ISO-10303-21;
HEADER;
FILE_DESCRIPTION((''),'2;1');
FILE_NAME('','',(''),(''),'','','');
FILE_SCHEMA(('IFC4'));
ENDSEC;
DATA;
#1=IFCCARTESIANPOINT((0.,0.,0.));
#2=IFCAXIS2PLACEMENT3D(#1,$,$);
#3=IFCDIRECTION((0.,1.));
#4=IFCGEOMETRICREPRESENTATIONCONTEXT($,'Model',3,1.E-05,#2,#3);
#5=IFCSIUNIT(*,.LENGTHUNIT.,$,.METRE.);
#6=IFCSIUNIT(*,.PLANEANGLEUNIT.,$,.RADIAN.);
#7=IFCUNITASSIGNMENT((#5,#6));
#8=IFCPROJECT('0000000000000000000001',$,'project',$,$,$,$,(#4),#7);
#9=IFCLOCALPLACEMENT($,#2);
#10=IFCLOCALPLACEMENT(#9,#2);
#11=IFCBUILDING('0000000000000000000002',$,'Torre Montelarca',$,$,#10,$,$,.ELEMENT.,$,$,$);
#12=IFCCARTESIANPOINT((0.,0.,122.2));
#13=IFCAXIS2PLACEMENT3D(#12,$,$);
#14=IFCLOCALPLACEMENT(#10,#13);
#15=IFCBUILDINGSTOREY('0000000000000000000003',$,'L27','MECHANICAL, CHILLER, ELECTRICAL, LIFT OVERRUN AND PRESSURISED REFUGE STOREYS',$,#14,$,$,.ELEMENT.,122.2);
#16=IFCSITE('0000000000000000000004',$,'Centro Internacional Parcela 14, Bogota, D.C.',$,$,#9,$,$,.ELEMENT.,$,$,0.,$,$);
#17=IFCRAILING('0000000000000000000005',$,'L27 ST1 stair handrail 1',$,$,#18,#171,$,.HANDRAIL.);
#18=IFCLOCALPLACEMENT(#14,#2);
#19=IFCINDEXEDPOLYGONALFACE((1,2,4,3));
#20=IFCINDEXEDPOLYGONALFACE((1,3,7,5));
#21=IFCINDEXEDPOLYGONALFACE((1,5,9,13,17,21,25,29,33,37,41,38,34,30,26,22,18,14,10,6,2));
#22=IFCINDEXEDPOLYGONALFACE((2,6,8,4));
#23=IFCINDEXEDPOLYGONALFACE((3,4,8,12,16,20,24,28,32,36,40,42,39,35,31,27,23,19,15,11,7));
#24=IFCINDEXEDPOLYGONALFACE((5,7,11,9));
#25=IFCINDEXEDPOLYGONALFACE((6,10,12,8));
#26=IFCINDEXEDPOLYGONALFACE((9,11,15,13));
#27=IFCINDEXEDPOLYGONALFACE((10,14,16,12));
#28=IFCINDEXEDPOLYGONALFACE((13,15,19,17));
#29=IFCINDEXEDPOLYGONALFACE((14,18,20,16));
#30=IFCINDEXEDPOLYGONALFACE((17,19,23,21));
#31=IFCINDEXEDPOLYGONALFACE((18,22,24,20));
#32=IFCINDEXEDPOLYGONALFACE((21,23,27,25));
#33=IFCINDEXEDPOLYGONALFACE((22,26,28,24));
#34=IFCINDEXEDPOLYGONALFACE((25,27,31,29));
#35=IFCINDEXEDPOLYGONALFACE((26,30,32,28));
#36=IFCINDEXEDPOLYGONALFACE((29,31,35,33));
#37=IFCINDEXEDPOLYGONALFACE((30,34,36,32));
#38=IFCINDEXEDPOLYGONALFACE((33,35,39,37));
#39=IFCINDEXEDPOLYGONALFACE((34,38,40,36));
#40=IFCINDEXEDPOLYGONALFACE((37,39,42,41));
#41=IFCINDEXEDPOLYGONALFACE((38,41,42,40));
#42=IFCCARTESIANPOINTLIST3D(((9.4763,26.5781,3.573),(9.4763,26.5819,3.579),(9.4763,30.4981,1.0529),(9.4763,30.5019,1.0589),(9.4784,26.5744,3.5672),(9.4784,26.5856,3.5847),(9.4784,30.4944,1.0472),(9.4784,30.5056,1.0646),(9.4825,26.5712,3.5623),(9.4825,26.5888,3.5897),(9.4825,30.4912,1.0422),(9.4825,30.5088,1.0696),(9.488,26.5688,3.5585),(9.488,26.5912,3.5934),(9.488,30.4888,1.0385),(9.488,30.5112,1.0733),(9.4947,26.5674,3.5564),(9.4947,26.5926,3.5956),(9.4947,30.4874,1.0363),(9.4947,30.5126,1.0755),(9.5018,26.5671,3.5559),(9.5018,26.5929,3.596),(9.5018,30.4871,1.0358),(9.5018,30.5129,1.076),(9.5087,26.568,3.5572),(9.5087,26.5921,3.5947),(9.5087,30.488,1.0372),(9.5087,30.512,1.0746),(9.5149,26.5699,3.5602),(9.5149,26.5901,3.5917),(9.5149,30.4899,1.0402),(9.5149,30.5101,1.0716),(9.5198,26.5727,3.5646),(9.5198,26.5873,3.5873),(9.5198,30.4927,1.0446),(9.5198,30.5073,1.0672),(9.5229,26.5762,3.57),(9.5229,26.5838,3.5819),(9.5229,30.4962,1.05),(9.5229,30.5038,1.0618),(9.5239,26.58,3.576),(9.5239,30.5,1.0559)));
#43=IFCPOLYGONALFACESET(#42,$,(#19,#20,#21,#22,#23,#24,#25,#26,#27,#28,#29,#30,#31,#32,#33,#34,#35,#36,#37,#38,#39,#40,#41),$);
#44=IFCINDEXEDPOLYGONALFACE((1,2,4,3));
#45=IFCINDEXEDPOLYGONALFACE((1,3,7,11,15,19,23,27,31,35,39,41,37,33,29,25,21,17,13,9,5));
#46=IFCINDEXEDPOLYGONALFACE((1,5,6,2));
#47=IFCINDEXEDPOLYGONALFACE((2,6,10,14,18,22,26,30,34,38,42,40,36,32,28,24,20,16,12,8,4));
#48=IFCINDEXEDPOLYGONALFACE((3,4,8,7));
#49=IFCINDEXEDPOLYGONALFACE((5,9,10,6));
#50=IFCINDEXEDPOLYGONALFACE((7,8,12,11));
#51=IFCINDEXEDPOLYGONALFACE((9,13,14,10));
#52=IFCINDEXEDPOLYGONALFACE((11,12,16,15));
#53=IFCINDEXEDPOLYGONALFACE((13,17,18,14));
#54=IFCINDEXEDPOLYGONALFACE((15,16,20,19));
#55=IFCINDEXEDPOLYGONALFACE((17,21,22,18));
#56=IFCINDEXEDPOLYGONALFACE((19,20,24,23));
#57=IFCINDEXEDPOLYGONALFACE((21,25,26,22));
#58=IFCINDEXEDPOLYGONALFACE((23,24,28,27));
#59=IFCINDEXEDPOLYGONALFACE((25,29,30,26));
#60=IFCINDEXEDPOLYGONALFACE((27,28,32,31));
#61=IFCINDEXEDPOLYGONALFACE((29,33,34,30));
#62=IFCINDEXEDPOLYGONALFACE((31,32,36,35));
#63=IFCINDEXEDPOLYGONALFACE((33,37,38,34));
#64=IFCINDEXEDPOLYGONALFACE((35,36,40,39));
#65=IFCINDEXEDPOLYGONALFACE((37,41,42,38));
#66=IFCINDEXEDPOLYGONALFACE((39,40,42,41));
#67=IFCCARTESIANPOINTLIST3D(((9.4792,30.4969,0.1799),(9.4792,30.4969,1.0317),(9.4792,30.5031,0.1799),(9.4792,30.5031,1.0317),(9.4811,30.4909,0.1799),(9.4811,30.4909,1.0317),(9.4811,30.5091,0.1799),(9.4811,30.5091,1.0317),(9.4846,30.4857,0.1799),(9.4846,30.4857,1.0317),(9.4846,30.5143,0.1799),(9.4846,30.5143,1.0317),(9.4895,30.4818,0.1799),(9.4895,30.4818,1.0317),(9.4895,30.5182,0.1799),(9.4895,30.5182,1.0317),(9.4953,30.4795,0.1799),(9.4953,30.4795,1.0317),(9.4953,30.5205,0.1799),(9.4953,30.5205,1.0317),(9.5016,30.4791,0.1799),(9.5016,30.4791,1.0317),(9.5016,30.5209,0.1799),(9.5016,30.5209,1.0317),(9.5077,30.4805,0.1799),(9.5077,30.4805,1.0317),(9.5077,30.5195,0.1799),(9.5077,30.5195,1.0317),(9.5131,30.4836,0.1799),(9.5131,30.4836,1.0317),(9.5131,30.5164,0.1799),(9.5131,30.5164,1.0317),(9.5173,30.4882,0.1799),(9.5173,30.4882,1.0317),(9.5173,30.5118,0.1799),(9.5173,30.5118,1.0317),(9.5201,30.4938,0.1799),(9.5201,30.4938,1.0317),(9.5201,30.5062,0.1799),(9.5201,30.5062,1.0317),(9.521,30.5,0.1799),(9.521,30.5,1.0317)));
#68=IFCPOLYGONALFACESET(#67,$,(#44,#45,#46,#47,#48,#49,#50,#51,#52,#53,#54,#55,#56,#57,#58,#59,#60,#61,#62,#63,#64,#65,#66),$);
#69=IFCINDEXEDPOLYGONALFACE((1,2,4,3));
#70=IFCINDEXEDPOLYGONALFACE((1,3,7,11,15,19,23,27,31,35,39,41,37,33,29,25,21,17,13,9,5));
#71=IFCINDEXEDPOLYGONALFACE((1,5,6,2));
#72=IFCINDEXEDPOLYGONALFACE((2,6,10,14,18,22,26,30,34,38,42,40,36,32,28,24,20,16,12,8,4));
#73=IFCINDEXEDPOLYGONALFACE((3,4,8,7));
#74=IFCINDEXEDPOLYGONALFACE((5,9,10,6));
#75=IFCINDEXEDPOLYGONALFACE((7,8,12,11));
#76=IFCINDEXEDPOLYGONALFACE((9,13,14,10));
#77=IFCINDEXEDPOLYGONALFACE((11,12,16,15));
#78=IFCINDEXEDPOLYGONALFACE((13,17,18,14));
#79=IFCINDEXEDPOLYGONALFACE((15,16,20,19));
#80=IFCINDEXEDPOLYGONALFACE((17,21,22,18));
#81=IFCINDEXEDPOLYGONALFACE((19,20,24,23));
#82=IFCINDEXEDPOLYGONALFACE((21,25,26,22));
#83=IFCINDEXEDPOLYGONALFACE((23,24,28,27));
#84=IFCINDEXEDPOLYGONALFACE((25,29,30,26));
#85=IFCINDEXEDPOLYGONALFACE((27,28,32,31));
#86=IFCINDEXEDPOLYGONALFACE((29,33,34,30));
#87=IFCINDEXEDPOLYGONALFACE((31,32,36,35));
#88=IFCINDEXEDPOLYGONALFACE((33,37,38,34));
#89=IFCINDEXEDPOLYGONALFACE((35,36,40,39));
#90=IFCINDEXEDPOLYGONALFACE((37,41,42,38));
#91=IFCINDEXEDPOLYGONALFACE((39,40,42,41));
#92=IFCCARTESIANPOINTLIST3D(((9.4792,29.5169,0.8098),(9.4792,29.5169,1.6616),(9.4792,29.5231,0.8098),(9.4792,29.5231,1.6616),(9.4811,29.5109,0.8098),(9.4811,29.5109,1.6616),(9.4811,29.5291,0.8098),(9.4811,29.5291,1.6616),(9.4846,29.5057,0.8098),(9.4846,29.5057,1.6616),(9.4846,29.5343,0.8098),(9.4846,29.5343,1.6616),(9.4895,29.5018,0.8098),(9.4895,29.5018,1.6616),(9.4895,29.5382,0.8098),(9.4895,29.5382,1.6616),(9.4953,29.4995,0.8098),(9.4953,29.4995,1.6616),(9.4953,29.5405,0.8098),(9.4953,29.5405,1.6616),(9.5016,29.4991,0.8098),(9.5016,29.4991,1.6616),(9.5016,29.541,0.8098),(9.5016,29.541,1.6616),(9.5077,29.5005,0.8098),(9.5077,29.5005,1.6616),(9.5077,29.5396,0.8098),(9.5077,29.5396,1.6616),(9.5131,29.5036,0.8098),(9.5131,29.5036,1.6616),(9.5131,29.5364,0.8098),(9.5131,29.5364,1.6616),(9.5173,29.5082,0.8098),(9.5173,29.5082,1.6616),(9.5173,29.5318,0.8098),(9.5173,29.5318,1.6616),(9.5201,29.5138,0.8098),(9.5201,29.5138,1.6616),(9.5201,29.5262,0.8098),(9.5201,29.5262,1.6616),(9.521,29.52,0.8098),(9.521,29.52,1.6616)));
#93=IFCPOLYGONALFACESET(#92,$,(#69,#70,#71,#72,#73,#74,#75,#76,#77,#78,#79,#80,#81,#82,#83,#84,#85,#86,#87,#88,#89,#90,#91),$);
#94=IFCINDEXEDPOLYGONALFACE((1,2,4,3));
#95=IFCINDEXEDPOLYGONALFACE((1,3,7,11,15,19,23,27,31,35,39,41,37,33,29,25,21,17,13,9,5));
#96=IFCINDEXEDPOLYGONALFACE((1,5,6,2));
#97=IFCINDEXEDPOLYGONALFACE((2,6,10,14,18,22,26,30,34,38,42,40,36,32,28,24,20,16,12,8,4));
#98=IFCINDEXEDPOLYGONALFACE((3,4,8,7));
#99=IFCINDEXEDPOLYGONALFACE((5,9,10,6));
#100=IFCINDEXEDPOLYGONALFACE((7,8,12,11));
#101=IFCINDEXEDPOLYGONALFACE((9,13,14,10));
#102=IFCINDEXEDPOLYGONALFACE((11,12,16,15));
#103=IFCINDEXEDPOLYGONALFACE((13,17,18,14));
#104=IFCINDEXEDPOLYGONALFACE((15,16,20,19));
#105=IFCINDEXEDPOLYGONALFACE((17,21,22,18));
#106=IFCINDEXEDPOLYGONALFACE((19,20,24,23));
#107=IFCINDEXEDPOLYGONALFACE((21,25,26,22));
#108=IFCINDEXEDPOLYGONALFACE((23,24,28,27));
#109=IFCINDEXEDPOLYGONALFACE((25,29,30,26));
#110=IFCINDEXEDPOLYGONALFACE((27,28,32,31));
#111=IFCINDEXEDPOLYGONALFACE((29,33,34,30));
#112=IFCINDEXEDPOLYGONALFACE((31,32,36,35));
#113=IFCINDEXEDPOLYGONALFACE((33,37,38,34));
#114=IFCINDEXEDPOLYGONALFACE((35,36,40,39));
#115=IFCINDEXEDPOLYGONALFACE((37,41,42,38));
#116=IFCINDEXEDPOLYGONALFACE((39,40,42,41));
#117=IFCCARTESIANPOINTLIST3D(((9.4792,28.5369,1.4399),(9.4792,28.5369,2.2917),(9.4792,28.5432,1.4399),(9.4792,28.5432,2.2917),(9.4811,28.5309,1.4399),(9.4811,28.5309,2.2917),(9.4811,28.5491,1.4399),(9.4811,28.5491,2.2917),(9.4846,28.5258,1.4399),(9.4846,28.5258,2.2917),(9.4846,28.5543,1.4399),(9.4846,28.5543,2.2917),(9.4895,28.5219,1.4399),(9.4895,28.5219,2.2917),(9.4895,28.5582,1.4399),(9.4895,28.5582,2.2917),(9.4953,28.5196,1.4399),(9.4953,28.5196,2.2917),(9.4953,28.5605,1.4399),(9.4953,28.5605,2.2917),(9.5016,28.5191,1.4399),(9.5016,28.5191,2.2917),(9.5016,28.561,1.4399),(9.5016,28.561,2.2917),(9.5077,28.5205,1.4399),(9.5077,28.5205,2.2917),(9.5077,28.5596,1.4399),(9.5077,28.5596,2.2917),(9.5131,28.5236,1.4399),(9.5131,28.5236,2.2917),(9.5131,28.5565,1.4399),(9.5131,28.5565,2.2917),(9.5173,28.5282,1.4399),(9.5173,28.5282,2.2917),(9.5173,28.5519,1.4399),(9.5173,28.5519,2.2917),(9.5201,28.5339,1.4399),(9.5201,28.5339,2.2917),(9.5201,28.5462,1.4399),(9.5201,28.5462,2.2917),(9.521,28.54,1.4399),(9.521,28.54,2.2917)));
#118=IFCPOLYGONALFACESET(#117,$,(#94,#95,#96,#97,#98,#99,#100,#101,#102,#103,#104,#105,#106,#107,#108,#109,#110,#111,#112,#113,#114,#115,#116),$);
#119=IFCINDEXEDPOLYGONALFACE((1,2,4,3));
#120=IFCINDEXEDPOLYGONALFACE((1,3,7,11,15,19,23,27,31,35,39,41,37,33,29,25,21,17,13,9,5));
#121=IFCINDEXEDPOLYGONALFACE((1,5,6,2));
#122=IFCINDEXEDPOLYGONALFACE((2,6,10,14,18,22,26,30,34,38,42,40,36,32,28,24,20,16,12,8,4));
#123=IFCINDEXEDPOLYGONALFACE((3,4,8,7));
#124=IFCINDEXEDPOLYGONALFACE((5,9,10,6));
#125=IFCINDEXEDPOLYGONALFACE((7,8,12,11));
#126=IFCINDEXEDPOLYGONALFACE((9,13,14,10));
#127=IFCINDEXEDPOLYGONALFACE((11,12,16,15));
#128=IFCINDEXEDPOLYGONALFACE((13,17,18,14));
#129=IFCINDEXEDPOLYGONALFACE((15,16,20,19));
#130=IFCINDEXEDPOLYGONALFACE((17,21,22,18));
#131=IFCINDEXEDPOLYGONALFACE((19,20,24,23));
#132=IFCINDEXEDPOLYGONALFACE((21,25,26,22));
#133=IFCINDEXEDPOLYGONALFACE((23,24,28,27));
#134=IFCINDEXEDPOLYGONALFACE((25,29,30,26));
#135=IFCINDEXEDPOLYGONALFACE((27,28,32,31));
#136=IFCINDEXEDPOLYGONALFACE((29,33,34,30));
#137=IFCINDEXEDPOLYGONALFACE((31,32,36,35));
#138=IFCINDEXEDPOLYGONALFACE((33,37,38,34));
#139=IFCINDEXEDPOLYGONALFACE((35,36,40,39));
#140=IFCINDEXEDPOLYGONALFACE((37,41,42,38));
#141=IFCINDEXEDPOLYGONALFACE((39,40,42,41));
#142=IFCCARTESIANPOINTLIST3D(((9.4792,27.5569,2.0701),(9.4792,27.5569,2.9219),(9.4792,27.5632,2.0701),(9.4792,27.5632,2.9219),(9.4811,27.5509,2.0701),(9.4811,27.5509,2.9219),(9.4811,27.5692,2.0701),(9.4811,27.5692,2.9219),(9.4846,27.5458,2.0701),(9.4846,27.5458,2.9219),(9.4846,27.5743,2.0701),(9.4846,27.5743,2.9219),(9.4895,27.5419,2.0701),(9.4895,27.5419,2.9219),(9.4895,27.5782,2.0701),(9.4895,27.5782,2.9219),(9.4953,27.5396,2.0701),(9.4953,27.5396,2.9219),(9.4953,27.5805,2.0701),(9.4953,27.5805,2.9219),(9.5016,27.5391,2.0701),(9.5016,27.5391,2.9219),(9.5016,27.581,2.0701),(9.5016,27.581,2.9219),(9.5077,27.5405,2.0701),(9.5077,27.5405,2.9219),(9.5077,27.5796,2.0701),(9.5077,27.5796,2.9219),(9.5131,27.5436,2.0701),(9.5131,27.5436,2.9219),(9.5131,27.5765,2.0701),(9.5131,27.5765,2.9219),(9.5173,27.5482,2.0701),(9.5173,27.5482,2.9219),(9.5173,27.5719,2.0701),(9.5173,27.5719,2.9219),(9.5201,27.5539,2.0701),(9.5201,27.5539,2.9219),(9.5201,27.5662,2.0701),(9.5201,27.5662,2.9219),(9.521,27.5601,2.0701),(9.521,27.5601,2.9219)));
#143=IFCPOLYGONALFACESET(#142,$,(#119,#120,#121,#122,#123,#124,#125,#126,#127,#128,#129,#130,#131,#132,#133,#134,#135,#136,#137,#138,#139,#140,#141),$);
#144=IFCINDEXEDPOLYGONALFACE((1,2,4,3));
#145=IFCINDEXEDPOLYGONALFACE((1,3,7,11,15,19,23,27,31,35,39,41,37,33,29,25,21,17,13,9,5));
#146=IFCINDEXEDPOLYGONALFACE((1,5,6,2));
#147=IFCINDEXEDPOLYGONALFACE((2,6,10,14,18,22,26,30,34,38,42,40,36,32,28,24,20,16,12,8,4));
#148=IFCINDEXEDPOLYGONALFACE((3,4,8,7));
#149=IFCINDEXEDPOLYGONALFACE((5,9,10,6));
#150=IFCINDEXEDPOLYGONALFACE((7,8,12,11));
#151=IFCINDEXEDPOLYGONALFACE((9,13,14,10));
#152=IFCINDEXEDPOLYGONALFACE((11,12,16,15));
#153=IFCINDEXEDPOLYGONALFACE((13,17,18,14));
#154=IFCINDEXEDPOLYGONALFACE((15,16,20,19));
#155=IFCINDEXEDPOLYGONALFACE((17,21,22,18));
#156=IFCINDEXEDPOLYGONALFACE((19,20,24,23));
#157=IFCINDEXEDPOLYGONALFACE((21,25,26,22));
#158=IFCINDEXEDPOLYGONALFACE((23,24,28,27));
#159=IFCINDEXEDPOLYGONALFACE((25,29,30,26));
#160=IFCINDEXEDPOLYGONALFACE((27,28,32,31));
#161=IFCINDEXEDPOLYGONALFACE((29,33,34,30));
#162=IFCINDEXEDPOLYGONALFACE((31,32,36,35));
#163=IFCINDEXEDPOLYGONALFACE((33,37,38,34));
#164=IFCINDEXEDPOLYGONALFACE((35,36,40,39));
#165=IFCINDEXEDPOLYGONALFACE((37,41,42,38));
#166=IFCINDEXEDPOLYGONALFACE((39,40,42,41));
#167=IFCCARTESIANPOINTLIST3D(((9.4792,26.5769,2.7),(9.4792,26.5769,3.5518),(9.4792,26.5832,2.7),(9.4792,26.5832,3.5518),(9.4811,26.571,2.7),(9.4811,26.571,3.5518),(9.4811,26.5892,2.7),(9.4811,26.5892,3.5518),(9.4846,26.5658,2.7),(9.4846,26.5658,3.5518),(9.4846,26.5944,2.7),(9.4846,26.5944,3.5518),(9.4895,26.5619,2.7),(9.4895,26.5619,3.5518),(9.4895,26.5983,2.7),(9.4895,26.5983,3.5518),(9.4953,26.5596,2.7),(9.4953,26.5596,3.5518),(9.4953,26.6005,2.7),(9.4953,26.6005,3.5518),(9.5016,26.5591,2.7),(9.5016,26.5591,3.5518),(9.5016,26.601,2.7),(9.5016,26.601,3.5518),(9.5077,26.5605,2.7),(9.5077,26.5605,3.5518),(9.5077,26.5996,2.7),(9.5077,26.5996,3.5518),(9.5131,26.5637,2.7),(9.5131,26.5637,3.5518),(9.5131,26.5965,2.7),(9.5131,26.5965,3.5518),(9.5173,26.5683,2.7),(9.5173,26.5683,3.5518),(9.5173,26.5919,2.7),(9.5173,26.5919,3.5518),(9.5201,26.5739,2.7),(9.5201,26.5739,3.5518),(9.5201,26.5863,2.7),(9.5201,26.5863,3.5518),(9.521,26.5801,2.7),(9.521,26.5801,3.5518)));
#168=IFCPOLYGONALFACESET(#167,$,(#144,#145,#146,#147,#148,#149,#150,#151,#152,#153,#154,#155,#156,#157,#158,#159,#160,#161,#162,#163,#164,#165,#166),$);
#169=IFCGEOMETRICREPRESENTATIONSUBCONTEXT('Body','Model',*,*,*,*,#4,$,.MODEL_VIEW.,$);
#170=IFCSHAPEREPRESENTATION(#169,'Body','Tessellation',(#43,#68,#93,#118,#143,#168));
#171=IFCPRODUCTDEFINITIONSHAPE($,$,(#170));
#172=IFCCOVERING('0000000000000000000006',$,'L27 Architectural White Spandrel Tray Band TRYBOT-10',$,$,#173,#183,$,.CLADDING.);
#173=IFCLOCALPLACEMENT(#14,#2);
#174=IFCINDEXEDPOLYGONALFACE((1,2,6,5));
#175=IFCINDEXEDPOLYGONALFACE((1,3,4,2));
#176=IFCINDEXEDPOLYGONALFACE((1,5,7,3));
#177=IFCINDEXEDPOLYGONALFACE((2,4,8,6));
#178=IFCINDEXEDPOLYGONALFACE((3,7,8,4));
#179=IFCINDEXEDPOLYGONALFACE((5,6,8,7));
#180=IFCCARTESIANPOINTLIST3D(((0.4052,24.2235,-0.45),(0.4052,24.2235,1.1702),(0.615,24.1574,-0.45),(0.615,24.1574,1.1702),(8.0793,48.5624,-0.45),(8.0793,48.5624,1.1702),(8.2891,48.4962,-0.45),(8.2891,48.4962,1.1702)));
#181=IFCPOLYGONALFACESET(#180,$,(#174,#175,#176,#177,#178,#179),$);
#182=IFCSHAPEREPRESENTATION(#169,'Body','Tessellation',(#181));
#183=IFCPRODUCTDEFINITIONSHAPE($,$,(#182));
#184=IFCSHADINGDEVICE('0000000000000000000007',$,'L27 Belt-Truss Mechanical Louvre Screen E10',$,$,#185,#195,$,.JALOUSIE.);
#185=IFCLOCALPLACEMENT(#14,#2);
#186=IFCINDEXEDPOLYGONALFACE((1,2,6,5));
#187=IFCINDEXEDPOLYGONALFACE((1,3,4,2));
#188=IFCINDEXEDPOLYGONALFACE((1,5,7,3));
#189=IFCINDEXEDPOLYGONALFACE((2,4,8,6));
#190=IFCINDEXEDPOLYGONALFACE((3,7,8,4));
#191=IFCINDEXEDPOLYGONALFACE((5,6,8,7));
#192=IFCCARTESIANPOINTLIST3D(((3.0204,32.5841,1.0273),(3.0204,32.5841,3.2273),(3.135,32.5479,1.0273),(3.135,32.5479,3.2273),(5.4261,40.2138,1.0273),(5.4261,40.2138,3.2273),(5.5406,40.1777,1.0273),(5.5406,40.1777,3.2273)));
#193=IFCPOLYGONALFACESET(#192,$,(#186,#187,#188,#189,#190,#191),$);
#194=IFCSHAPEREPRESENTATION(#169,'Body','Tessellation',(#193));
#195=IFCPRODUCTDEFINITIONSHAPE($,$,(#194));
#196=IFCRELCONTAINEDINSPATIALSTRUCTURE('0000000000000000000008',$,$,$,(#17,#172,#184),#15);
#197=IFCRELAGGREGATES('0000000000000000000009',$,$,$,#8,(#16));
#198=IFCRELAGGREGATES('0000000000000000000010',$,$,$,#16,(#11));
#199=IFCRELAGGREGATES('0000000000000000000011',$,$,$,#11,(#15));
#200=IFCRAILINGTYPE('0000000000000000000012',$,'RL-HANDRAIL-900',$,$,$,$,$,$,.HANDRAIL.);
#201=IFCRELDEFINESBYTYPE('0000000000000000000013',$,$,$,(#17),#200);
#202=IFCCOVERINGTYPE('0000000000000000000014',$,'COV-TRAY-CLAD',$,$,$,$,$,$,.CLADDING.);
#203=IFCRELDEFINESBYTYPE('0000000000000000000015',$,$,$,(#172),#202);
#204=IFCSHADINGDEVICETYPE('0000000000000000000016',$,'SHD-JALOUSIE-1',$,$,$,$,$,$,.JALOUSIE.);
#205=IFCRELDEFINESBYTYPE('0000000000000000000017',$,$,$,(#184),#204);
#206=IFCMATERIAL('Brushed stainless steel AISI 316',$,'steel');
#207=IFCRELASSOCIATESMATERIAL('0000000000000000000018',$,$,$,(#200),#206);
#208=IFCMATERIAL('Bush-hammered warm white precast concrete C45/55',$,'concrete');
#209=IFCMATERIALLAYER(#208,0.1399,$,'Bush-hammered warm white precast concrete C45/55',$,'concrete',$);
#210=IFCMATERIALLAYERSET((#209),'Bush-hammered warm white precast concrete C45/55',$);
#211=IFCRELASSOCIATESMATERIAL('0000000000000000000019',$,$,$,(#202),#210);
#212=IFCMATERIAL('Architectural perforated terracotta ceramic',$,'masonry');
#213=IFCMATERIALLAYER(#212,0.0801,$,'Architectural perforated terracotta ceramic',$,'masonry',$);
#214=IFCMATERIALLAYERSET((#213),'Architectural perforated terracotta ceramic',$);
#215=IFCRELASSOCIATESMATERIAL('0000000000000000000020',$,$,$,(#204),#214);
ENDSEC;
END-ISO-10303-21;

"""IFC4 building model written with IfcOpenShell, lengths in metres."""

from ifc_helpers import new_model, si_unit, direction, frame, origin, origin_2d, place, context, subcontext, project, spatial, rectangle, circle, extrude, source, transform, mapped, material, layer, layer_set, type_object, element, save


model = new_model("IFC4")

# Units and contexts
model_context = context("Model", 3, precision=1e-05, world=origin(), true_north=direction((0.0, 1.0)))
body_context = subcontext(model_context, "Body", "Model", "MODEL_VIEW")
ifc_project = project(units=[si_unit("LENGTHUNIT", "METRE"), si_unit("PLANEANGLEUNIT", "RADIAN")], contexts=[model_context])

# Site, building, storey
site_placement = place(None, origin())
site = spatial("IfcSite", under=ifc_project, at=site_placement, Name="Centro Internacional Parcela 14, Bogota, D.C.", CompositionType="ELEMENT", RefElevation=0.0)
building_placement = place(site_placement, origin())
building = spatial("IfcBuilding", under=site, at=building_placement, Name="Torre Montelarca", CompositionType="ELEMENT")
storey_placement = place(building_placement, frame((0.0, 0.0, 122.2)))
storey = spatial("IfcBuildingStorey", under=building, at=storey_placement, Name="L27", Description="MECHANICAL, CHILLER, ELECTRICAL, LIFT OVERRUN AND PRESSURISED REFUGE STOREYS", CompositionType="ELEMENT", Elevation=122.2)

# Shared definitions
ifc_material_1 = material(Name="Brushed stainless steel AISI 316", Category="steel")

# Railing
railing_type = type_object("IfcRailingType", Name="RL-HANDRAIL-900", PredefinedType="HANDRAIL", material=ifc_material_1)
railing_placement = place(storey_placement, frame((9.5, 30.5, 0.1799)))
element("IfcRailing", 1, at=railing_placement, inside=storey, type_object=railing_type, Name="L27 ST1 stair handrail 1", PredefinedType="HANDRAIL", context=body_context, shape_type="SweptSolid", body=[
    extrude(circle(Radius=0.0239, at=origin_2d()), frame((0.0, 0.0, 0.876), z_axis=(0.0, -0.841172, 0.540768), x_axis=(1.0, 0.0, 0.0)), (0.0, 0.0, 1.0), 4.6602),
    extrude(circle(Radius=0.021, at=origin_2d()), origin(), (0.0, 0.0, 1.0), 0.8518),
    extrude(circle(Radius=0.021, at=origin_2d()), frame((0.0, -0.98, 0.6299)), (0.0, 0.0, 1.0), 0.8518),
    extrude(circle(Radius=0.021, at=origin_2d()), frame((0.0, -1.96, 1.26)), (0.0, 0.0, 1.0), 0.8518),
    extrude(circle(Radius=0.021, at=origin_2d()), frame((0.0, -2.9399, 1.8901)), (0.0, 0.0, 1.0), 0.8518),
    extrude(circle(Radius=0.021, at=origin_2d()), frame((0.0, -3.9199, 2.52)), (0.0, 0.0, 1.0), 0.8518),
])

# Covering
ifc_material_2 = material(Name="Bush-hammered warm white precast concrete C45/55", Category="concrete")
ifc_layer_1 = layer(ifc_material_2, 0.1399, Name="Bush-hammered warm white precast concrete C45/55", Category="concrete")
ifc_layer_set_1 = layer_set([ifc_layer_1], Name="Bush-hammered warm white precast concrete C45/55")
covering_type = type_object("IfcCoveringType", Name="COV-TRAY-CLAD", PredefinedType="CLADDING", material=ifc_layer_set_1)
shared_shape_1 = source(origin(), body_context, "Body", "SweptSolid", [
    extrude(rectangle(XDim=25.52, YDim=0.22, at=origin_2d()), origin(), (0.0, 0.0, 1.0), 1.6201),
])
covering_placement = place(storey_placement, frame((4.3472, 36.3599, -0.45), z_axis=(0.0, 0.0, 1.0), x_axis=(-0.300709, -0.953716, 0.0)))
element("IfcCovering", 2, at=covering_placement, inside=storey, type_object=covering_type, Name="L27 Architectural White Spandrel Tray Band TRYBOT-10", PredefinedType="CLADDING", context=body_context, shape_type="MappedRepresentation", body=[
    mapped(shared_shape_1, transform((0.0, 0.0, 0.0), scale=1.0)),
])

# Shading device
ifc_material_3 = material(Name="Architectural perforated terracotta ceramic", Category="masonry")
ifc_layer_2 = layer(ifc_material_3, 0.0801, Name="Architectural perforated terracotta ceramic", Category="masonry")
ifc_layer_set_2 = layer_set([ifc_layer_2], Name="Architectural perforated terracotta ceramic")
shading_device_type = type_object("IfcShadingDeviceType", Name="SHD-JALOUSIE-1", PredefinedType="JALOUSIE", material=ifc_layer_set_2)
shared_shape_2 = source(origin(), body_context, "Body", "SweptSolid", [
    extrude(rectangle(XDim=8.0, YDim=0.1201, at=origin_2d()), origin(), (0.0, 0.0, 1.0), 2.2),
])
shading_device_placement = place(storey_placement, frame((4.2805, 36.3809, 1.0273), z_axis=(0.0, 0.0, 1.0), x_axis=(-0.300707, -0.953716, 0.0)))
element("IfcShadingDevice", 3, at=shading_device_placement, inside=storey, type_object=shading_device_type, Name="L27 Belt-Truss Mechanical Louvre Screen E10", PredefinedType="JALOUSIE", context=body_context, shape_type="MappedRepresentation", body=[
    mapped(shared_shape_2, transform((0.0, 0.0, 0.0), scale=1.0)),
])

save(model, "model.ifc")
